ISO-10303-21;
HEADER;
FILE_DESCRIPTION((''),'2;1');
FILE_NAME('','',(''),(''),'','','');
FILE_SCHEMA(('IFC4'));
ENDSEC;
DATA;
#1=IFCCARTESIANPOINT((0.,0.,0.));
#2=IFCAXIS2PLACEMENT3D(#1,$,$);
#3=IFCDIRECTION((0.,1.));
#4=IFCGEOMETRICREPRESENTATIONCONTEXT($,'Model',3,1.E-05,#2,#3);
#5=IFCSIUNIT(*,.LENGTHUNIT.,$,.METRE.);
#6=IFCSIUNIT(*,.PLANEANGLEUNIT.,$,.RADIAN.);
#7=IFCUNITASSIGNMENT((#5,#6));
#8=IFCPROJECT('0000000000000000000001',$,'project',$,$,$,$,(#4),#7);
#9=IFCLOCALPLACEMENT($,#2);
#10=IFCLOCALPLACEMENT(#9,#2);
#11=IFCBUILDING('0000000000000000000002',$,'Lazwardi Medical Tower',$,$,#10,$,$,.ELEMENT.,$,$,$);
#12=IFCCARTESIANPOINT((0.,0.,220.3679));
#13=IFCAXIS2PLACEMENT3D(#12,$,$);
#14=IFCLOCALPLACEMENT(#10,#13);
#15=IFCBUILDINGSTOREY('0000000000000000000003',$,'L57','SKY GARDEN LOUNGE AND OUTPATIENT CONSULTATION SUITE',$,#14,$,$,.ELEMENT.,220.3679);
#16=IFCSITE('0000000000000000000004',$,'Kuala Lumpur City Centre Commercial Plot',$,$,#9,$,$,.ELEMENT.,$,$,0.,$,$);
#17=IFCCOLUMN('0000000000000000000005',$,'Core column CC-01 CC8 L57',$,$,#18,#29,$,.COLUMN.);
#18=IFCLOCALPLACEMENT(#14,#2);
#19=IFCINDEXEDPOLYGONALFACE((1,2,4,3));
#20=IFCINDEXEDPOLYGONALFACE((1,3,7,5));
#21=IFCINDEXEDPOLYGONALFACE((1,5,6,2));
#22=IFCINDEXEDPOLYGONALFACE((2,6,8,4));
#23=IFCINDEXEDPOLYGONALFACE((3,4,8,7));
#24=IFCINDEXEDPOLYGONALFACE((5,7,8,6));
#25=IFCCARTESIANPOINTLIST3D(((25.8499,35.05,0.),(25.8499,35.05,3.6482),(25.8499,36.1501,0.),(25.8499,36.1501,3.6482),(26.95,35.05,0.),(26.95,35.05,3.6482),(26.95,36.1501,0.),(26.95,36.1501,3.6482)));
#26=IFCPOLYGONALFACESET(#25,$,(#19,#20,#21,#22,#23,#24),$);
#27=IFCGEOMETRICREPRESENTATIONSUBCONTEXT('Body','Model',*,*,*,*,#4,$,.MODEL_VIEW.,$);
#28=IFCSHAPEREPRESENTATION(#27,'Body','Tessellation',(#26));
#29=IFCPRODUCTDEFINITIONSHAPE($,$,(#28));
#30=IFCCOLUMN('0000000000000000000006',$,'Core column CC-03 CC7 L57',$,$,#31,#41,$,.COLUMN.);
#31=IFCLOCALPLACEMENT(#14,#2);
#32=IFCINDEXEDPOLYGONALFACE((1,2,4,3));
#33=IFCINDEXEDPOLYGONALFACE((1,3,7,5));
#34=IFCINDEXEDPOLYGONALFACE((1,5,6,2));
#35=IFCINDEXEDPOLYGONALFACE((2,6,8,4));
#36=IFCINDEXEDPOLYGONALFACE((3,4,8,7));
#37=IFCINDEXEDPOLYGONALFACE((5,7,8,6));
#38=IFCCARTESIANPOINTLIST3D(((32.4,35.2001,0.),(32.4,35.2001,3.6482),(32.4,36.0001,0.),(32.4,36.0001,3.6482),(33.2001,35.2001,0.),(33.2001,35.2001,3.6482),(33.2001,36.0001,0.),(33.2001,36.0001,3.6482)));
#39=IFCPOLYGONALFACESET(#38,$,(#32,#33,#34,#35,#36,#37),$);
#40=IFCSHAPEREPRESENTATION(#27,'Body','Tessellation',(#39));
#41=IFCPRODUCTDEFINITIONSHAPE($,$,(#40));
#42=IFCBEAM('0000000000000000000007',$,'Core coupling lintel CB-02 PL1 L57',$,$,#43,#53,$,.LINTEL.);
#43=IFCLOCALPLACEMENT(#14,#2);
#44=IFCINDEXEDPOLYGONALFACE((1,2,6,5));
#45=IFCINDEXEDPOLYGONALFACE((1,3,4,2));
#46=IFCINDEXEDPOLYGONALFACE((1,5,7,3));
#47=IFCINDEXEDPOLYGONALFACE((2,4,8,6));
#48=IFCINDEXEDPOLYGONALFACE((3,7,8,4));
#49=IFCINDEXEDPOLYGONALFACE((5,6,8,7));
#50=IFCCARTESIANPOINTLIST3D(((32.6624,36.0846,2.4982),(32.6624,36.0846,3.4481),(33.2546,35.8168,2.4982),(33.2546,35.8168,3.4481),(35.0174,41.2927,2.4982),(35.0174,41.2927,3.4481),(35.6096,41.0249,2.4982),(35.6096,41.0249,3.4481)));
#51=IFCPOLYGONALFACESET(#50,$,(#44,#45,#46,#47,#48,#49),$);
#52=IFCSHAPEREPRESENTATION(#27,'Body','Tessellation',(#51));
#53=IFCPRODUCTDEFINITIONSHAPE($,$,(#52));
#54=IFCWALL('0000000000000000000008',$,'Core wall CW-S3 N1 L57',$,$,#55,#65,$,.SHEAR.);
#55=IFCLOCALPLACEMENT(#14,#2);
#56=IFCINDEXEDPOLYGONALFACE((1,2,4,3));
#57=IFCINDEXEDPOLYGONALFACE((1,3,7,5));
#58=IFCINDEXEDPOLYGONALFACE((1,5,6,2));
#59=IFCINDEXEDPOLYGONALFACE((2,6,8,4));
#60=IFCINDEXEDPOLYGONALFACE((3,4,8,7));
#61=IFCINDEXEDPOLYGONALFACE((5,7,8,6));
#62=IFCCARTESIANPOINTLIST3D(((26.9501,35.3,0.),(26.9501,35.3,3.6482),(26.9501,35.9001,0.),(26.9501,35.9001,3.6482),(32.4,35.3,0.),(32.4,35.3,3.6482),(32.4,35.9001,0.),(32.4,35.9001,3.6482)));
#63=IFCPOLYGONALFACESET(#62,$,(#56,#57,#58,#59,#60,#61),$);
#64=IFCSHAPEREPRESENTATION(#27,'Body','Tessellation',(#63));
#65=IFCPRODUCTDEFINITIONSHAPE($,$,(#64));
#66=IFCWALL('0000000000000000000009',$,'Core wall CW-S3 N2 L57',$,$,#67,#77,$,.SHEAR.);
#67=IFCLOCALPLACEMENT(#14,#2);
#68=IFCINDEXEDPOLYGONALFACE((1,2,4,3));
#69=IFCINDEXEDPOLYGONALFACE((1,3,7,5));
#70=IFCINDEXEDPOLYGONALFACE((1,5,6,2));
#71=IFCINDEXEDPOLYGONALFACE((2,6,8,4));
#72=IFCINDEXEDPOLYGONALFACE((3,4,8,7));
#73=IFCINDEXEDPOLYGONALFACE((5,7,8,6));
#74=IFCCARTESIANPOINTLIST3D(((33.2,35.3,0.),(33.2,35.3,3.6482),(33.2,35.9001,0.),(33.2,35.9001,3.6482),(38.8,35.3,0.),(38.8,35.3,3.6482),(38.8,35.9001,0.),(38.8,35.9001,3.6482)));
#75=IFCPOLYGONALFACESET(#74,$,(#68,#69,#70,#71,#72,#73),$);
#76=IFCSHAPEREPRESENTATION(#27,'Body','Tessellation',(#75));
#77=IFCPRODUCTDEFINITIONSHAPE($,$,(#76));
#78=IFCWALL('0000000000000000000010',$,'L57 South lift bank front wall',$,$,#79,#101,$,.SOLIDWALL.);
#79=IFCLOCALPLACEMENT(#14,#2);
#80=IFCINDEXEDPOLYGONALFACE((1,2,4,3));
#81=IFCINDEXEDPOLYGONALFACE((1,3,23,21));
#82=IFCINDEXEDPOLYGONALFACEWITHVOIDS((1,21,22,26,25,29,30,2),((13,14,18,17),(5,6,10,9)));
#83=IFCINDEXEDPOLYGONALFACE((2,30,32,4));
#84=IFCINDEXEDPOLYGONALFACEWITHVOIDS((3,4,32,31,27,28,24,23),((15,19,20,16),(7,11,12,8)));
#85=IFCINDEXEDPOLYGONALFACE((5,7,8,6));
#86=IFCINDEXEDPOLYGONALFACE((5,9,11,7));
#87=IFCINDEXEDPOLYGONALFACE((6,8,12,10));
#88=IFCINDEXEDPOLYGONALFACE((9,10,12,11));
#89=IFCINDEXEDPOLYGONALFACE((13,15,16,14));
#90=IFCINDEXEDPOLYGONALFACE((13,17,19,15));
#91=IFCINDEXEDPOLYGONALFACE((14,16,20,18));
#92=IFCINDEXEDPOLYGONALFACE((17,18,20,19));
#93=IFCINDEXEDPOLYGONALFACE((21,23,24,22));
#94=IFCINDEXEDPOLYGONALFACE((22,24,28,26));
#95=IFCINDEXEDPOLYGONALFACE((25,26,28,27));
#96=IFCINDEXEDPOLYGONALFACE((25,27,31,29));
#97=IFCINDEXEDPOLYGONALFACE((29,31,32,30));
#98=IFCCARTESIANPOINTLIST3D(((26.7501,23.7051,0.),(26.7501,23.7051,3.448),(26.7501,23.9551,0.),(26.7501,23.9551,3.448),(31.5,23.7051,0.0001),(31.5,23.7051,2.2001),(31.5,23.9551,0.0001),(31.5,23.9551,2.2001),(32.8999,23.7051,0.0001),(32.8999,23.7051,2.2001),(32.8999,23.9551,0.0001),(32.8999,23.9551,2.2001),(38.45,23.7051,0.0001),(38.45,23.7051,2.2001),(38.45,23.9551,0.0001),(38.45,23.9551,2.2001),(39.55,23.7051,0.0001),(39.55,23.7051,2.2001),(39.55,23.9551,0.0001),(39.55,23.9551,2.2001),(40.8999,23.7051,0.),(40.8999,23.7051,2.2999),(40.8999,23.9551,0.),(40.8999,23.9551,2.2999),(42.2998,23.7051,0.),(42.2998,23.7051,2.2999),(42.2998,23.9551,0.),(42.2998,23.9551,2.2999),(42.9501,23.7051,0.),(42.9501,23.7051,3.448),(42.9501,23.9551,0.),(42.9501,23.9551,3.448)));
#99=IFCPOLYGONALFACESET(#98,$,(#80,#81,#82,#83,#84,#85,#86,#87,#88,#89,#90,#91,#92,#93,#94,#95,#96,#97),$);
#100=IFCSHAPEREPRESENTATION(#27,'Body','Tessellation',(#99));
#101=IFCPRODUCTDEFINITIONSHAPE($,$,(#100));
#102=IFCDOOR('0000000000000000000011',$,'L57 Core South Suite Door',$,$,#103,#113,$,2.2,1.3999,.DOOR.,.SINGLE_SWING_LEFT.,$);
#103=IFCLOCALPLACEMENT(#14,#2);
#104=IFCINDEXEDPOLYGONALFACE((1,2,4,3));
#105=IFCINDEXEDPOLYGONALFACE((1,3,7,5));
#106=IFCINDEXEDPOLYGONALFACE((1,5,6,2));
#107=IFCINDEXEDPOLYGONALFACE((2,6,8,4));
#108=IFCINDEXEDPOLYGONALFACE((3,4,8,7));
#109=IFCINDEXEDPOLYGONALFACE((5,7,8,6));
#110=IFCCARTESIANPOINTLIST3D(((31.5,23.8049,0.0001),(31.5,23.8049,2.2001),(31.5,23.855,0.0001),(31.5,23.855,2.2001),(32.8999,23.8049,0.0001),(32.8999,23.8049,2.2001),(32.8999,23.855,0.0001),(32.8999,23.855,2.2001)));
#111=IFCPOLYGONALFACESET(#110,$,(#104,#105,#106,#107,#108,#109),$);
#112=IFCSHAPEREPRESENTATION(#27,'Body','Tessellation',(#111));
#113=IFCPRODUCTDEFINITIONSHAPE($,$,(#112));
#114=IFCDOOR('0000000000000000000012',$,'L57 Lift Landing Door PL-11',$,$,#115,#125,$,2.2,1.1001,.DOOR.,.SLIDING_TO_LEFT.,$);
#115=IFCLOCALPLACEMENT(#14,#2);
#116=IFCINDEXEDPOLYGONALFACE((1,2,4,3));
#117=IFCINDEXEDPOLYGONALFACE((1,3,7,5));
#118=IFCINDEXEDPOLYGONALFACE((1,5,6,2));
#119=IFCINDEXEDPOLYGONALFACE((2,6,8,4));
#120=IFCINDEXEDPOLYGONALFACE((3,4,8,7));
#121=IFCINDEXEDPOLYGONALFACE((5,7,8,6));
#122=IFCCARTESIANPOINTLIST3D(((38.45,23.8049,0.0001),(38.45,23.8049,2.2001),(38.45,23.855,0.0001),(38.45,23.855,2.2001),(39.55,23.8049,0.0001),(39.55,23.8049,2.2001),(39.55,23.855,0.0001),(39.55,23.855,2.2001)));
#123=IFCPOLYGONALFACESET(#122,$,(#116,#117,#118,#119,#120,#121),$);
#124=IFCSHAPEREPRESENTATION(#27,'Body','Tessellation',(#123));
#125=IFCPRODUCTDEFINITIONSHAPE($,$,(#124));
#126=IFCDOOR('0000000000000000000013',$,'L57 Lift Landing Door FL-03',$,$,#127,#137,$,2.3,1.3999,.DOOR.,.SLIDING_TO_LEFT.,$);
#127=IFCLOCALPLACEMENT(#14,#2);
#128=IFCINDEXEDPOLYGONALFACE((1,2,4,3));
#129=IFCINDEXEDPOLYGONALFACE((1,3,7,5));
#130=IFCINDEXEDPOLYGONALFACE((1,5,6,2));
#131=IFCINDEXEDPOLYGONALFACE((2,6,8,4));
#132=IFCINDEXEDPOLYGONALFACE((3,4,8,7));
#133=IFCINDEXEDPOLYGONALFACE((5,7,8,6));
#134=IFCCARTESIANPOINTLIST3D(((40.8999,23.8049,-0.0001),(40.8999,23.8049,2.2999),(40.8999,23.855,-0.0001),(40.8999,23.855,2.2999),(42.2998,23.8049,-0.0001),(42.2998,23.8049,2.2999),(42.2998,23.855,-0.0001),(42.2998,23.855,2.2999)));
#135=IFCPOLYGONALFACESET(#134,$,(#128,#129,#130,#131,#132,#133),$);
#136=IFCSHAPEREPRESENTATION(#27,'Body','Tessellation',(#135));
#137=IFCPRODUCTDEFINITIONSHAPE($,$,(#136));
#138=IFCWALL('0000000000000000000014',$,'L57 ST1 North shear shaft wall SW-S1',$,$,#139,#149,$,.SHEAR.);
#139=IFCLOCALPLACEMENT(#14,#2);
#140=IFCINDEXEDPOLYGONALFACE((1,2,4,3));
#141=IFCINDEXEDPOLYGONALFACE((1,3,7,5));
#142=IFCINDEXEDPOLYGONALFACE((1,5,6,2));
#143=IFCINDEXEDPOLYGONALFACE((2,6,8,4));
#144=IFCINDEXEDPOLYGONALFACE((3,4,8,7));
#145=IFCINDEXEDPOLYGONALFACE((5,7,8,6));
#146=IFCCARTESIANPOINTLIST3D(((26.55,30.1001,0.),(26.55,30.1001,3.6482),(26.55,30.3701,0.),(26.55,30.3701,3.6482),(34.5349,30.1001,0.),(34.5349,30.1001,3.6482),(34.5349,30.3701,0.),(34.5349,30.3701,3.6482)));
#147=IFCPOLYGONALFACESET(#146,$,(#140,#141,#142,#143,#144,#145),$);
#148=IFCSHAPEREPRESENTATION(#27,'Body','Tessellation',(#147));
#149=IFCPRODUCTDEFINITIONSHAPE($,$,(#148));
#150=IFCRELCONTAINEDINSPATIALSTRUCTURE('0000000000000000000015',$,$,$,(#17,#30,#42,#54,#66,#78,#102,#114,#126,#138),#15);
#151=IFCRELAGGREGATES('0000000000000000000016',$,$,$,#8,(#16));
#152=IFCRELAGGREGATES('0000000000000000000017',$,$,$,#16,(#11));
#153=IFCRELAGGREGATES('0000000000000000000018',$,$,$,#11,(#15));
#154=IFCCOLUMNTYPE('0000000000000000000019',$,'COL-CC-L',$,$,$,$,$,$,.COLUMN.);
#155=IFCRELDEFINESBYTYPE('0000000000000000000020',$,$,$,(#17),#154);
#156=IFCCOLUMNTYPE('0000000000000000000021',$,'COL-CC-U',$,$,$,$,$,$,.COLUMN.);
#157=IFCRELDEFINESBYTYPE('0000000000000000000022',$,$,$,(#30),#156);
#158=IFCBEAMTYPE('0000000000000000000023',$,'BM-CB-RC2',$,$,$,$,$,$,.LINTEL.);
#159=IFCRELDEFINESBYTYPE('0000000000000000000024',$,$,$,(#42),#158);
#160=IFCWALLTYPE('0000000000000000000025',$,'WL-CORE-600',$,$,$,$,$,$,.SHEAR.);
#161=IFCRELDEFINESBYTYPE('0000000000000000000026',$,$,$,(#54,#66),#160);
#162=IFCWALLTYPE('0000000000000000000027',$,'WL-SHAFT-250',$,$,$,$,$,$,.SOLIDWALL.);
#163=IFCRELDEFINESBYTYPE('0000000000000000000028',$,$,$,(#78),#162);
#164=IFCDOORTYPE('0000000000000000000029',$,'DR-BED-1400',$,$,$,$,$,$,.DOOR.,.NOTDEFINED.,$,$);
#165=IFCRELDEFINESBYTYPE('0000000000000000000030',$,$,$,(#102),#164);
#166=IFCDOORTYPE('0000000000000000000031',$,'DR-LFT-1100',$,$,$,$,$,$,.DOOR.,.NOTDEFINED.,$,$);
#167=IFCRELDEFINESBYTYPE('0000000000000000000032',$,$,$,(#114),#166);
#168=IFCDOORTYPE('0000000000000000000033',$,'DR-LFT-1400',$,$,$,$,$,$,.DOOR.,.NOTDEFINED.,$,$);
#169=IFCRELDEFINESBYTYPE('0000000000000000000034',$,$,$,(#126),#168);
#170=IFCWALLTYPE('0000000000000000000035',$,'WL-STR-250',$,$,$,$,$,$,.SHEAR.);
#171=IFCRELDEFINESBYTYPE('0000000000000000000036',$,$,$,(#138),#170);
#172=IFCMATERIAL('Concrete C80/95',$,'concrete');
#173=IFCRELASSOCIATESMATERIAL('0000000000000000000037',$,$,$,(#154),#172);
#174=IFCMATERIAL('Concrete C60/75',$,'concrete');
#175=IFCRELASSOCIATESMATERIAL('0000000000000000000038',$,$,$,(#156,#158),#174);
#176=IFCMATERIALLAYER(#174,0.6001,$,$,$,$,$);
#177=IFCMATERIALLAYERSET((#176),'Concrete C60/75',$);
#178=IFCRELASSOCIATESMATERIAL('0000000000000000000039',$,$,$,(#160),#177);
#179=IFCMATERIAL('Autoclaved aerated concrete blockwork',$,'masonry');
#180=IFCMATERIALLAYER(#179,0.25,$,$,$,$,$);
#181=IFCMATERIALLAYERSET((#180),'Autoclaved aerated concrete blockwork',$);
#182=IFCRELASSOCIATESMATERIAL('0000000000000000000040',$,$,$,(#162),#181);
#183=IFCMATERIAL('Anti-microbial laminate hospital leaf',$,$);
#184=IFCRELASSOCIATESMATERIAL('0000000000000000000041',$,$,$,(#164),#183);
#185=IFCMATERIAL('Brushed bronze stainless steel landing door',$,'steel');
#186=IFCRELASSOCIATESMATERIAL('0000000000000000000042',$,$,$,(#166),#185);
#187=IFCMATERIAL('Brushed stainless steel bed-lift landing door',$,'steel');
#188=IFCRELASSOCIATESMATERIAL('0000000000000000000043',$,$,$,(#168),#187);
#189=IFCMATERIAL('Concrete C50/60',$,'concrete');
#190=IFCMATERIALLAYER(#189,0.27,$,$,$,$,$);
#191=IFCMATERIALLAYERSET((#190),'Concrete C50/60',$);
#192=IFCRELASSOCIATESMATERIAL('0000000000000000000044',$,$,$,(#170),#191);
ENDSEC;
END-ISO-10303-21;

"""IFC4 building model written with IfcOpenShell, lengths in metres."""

from ifc_helpers import new_model, si_unit, direction, frame, frame_2d, origin, origin_2d, place, context, subcontext, project, spatial, rectangle, extrude, material, layer, layer_set, material_profile, profile_set, type_object, element, fill, save


model = new_model("IFC4")

# Units and contexts
model_context = context("Model", 3, precision=1e-05, world=origin(), true_north=direction((0.0, 1.0)))
body_context = subcontext(model_context, "Body", "Model", "MODEL_VIEW")
ifc_project = project(units=[si_unit("LENGTHUNIT", "METRE"), si_unit("PLANEANGLEUNIT", "RADIAN")], contexts=[model_context])

# Site, building, storey
site_placement = place(None, origin())
site = spatial("IfcSite", under=ifc_project, at=site_placement, Name="Kuala Lumpur City Centre Commercial Plot", CompositionType="ELEMENT", RefElevation=0.0)
building_placement = place(site_placement, origin())
building = spatial("IfcBuilding", under=site, at=building_placement, Name="Lazwardi Medical Tower", CompositionType="ELEMENT")
storey_placement = place(building_placement, frame((0.0, 0.0, 220.3679)))
storey = spatial("IfcBuildingStorey", under=building, at=storey_placement, Name="L57", Description="SKY GARDEN LOUNGE AND OUTPATIENT CONSULTATION SUITE", CompositionType="ELEMENT", Elevation=220.3679)

# Columns
ifc_material_1 = material(Name="Concrete C80/95", Category="concrete")
ifc_material_profile_1 = material_profile(ifc_material_1, rectangle(XDim=1.1001, YDim=1.1001, at=origin_2d()), Name="RC 1100x1100")
ifc_profile_set_1 = profile_set([ifc_material_profile_1], Name="Concrete C80/95")
column_type_1 = type_object("IfcColumnType", Name="COL-CC-L", PredefinedType="COLUMN", material=ifc_profile_set_1)
column_1_placement = place(storey_placement, frame((26.3999, 35.6001, 0.0), z_axis=(0.0, 0.0, 1.0), x_axis=(1.0, 0.0, 0.0)))
element("IfcColumn", 1, at=column_1_placement, inside=storey, type_object=column_type_1, Name="Core column CC-01 CC8 L57", PredefinedType="COLUMN", context=body_context, shape_type="SweptSolid", body=[
    extrude(rectangle(XDim=1.1001, YDim=1.1001, at=origin_2d()), origin(), (0.0, 0.0, 1.0), 3.6482),
])
ifc_material_2 = material(Name="Concrete C60/75", Category="concrete")
ifc_material_profile_2 = material_profile(ifc_material_2, rectangle(XDim=0.8, YDim=0.8, at=origin_2d()), Name="RC 800x800")
ifc_profile_set_2 = profile_set([ifc_material_profile_2], Name="Concrete C60/75")
column_type_2 = type_object("IfcColumnType", Name="COL-CC-U", PredefinedType="COLUMN", material=ifc_profile_set_2)
column_2_placement = place(storey_placement, frame((32.8, 35.6001, 0.0), z_axis=(0.0, 0.0, 1.0), x_axis=(1.0, 0.0, 0.0)))
element("IfcColumn", 2, at=column_2_placement, inside=storey, type_object=column_type_2, Name="Core column CC-03 CC7 L57", PredefinedType="COLUMN", context=body_context, shape_type="SweptSolid", body=[
    extrude(rectangle(XDim=0.8, YDim=0.8, at=origin_2d()), origin(), (0.0, 0.0, 1.0), 3.6482),
])

# Beam
ifc_material_profile_3 = material_profile(ifc_material_2, rectangle(XDim=0.6499, YDim=0.95, at=origin_2d()), Name="RC 650x950")
ifc_profile_set_3 = profile_set([ifc_material_profile_3], Name="Concrete C60/75")
beam_type = type_object("IfcBeamType", Name="BM-CB-RC2", PredefinedType="LINTEL", material=ifc_profile_set_3)
beam_placement = place(storey_placement, frame((32.9585, 35.9507, 2.9731), z_axis=(0.412019, 0.911175, 0.0), x_axis=(-0.911175, 0.412019, 0.0)))
element("IfcBeam", 3, at=beam_placement, inside=storey, type_object=beam_type, Name="Core coupling lintel CB-02 PL1 L57", PredefinedType="LINTEL", context=body_context, shape_type="SweptSolid", body=[
    extrude(rectangle(XDim=0.6499, YDim=0.95, at=origin_2d()), origin(), (0.0, 0.0, 1.0), 5.7158),
])

# Walls
ifc_layer_1 = layer(ifc_material_2, 0.6001)
ifc_layer_set_1 = layer_set([ifc_layer_1], Name="Concrete C60/75")
wall_type_1 = type_object("IfcWallType", Name="WL-CORE-600", PredefinedType="SHEAR", material=ifc_layer_set_1)
wall_1_placement = place(storey_placement, frame((26.95, 35.6001, 0.0), z_axis=(0.0, 0.0, 1.0), x_axis=(1.0, 0.0, 0.0)))
element("IfcWall", 4, at=wall_1_placement, inside=storey, type_object=wall_type_1, Name="Core wall CW-S3 N1 L57", PredefinedType="SHEAR", context=body_context, shape_type="SweptSolid", body=[
    extrude(rectangle(XDim=5.45, YDim=0.6001, at=frame_2d((2.7251, 0.0))), origin(), (0.0, 0.0, 1.0), 3.6482),
])
wall_2_placement = place(storey_placement, frame((33.2, 35.6001, 0.0), z_axis=(0.0, 0.0, 1.0), x_axis=(1.0, 0.0, 0.0)))
element("IfcWall", 5, at=wall_2_placement, inside=storey, type_object=wall_type_1, Name="Core wall CW-S3 N2 L57", PredefinedType="SHEAR", context=body_context, shape_type="SweptSolid", body=[
    extrude(rectangle(XDim=5.6001, YDim=0.6001, at=frame_2d((2.8, 0.0))), origin(), (0.0, 0.0, 1.0), 3.6482),
])

# Wall, openings, doors
ifc_material_3 = material(Name="Autoclaved aerated concrete blockwork", Category="masonry")
ifc_layer_2 = layer(ifc_material_3, 0.25)
ifc_layer_set_2 = layer_set([ifc_layer_2], Name="Autoclaved aerated concrete blockwork")
wall_type_2 = type_object("IfcWallType", Name="WL-SHAFT-250", PredefinedType="SOLIDWALL", material=ifc_layer_set_2)
wall_3_placement = place(storey_placement, frame((26.75, 23.8301, 0.0), z_axis=(0.0, 0.0, 1.0), x_axis=(1.0, 0.0, 0.0)))
wall_3 = element("IfcWall", 6, at=wall_3_placement, inside=storey, type_object=wall_type_2, Name="L57 South lift bank front wall", PredefinedType="SOLIDWALL", context=body_context, shape_type="SweptSolid", body=[
    extrude(rectangle(XDim=16.2, YDim=0.25, at=frame_2d((8.1001, 0.0))), origin(), (0.0, 0.0, 1.0), 3.448),
])
opening_1_placement = place(wall_3_placement, frame((4.75, 0.0, 0.0)))
opening_1 = element("IfcOpeningElement", 7, at=opening_1_placement, cuts=wall_3, PredefinedType="OPENING", context=body_context, shape_type="SweptSolid", body=[
    extrude(rectangle(XDim=1.3999, YDim=2.2, at=frame_2d((0.7, 1.1001))), frame((0.0, 0.135, 0.0), z_axis=(0.0, -1.0, 0.0), x_axis=(1.0, 0.0, 0.0)), (0.0, 0.0, 1.0), 0.27),
])
opening_2_placement = place(wall_3_placement, frame((11.7, 0.0, 0.0)))
opening_2 = element("IfcOpeningElement", 8, at=opening_2_placement, cuts=wall_3, PredefinedType="OPENING", context=body_context, shape_type="SweptSolid", body=[
    extrude(rectangle(XDim=1.1001, YDim=2.2, at=frame_2d((0.55, 1.1001))), frame((0.0, 0.135, 0.0), z_axis=(0.0, -1.0, 0.0), x_axis=(1.0, 0.0, 0.0)), (0.0, 0.0, 1.0), 0.27),
])
opening_3_placement = place(wall_3_placement, frame((14.1499, 0.0, 0.0)))
opening_3 = element("IfcOpeningElement", 9, at=opening_3_placement, cuts=wall_3, PredefinedType="OPENING", context=body_context, shape_type="SweptSolid", body=[
    extrude(rectangle(XDim=1.3999, YDim=2.3, at=frame_2d((0.7, 1.1499))), frame((0.0, 0.135, 0.0), z_axis=(0.0, -1.0, 0.0), x_axis=(1.0, 0.0, 0.0)), (0.0, 0.0, 1.0), 0.27),
])
ifc_material_4 = material(Name="Anti-microbial laminate hospital leaf")
door_type_1 = type_object("IfcDoorType", Name="DR-BED-1400", OperationType="NOTDEFINED", PredefinedType="DOOR", material=ifc_material_4)
door_1_placement = place(opening_1_placement, origin())
door_1 = element("IfcDoor", 10, at=door_1_placement, inside=storey, type_object=door_type_1, Name="L57 Core South Suite Door", OperationType="SINGLE_SWING_LEFT", OverallHeight=2.2, OverallWidth=1.3999, PredefinedType="DOOR", context=body_context, shape_type="SweptSolid", body=[
    extrude(rectangle(XDim=1.3999, YDim=2.2, at=frame_2d((0.7, 1.1001))), frame((0.0, 0.0249, 0.0), z_axis=(0.0, -1.0, 0.0), x_axis=(1.0, 0.0, 0.0)), (0.0, 0.0, 1.0), 0.05),
])
fill(opening_1, door_1)
ifc_material_5 = material(Name="Brushed bronze stainless steel landing door", Category="steel")
door_type_2 = type_object("IfcDoorType", Name="DR-LFT-1100", OperationType="NOTDEFINED", PredefinedType="DOOR", material=ifc_material_5)
door_2_placement = place(opening_2_placement, origin())
door_2 = element("IfcDoor", 11, at=door_2_placement, inside=storey, type_object=door_type_2, Name="L57 Lift Landing Door PL-11", OperationType="SLIDING_TO_LEFT", OverallHeight=2.2, OverallWidth=1.1001, PredefinedType="DOOR", context=body_context, shape_type="SweptSolid", body=[
    extrude(rectangle(XDim=1.1001, YDim=2.2, at=frame_2d((0.55, 1.1001))), frame((0.0, 0.0249, 0.0), z_axis=(0.0, -1.0, 0.0), x_axis=(1.0, 0.0, 0.0)), (0.0, 0.0, 1.0), 0.05),
])
fill(opening_2, door_2)
ifc_material_6 = material(Name="Brushed stainless steel bed-lift landing door", Category="steel")
door_type_3 = type_object("IfcDoorType", Name="DR-LFT-1400", OperationType="NOTDEFINED", PredefinedType="DOOR", material=ifc_material_6)
door_3_placement = place(opening_3_placement, origin())
door_3 = element("IfcDoor", 12, at=door_3_placement, inside=storey, type_object=door_type_3, Name="L57 Lift Landing Door FL-03", OperationType="SLIDING_TO_LEFT", OverallHeight=2.3, OverallWidth=1.3999, PredefinedType="DOOR", context=body_context, shape_type="SweptSolid", body=[
    extrude(rectangle(XDim=1.3999, YDim=2.3, at=frame_2d((0.7, 1.1499))), frame((0.0, 0.0249, 0.0), z_axis=(0.0, -1.0, 0.0), x_axis=(1.0, 0.0, 0.0)), (0.0, 0.0, 1.0), 0.05),
])
fill(opening_3, door_3)

# Wall
ifc_material_7 = material(Name="Concrete C50/60", Category="concrete")
ifc_layer_3 = layer(ifc_material_7, 0.27)
ifc_layer_set_3 = layer_set([ifc_layer_3], Name="Concrete C50/60")
wall_type_3 = type_object("IfcWallType", Name="WL-STR-250", PredefinedType="SHEAR", material=ifc_layer_set_3)
wall_4_placement = place(storey_placement, frame((26.55, 30.2351, 0.0), z_axis=(0.0, 0.0, 1.0), x_axis=(1.0, 0.0, 0.0)))
element("IfcWall", 13, at=wall_4_placement, inside=storey, type_object=wall_type_3, Name="L57 ST1 North shear shaft wall SW-S1", PredefinedType="SHEAR", context=body_context, shape_type="SweptSolid", body=[
    extrude(rectangle(XDim=7.9849, YDim=0.27, at=frame_2d((3.9924, 0.0))), origin(), (0.0, 0.0, 1.0), 3.6482),
])

save(model, "model.ifc")
